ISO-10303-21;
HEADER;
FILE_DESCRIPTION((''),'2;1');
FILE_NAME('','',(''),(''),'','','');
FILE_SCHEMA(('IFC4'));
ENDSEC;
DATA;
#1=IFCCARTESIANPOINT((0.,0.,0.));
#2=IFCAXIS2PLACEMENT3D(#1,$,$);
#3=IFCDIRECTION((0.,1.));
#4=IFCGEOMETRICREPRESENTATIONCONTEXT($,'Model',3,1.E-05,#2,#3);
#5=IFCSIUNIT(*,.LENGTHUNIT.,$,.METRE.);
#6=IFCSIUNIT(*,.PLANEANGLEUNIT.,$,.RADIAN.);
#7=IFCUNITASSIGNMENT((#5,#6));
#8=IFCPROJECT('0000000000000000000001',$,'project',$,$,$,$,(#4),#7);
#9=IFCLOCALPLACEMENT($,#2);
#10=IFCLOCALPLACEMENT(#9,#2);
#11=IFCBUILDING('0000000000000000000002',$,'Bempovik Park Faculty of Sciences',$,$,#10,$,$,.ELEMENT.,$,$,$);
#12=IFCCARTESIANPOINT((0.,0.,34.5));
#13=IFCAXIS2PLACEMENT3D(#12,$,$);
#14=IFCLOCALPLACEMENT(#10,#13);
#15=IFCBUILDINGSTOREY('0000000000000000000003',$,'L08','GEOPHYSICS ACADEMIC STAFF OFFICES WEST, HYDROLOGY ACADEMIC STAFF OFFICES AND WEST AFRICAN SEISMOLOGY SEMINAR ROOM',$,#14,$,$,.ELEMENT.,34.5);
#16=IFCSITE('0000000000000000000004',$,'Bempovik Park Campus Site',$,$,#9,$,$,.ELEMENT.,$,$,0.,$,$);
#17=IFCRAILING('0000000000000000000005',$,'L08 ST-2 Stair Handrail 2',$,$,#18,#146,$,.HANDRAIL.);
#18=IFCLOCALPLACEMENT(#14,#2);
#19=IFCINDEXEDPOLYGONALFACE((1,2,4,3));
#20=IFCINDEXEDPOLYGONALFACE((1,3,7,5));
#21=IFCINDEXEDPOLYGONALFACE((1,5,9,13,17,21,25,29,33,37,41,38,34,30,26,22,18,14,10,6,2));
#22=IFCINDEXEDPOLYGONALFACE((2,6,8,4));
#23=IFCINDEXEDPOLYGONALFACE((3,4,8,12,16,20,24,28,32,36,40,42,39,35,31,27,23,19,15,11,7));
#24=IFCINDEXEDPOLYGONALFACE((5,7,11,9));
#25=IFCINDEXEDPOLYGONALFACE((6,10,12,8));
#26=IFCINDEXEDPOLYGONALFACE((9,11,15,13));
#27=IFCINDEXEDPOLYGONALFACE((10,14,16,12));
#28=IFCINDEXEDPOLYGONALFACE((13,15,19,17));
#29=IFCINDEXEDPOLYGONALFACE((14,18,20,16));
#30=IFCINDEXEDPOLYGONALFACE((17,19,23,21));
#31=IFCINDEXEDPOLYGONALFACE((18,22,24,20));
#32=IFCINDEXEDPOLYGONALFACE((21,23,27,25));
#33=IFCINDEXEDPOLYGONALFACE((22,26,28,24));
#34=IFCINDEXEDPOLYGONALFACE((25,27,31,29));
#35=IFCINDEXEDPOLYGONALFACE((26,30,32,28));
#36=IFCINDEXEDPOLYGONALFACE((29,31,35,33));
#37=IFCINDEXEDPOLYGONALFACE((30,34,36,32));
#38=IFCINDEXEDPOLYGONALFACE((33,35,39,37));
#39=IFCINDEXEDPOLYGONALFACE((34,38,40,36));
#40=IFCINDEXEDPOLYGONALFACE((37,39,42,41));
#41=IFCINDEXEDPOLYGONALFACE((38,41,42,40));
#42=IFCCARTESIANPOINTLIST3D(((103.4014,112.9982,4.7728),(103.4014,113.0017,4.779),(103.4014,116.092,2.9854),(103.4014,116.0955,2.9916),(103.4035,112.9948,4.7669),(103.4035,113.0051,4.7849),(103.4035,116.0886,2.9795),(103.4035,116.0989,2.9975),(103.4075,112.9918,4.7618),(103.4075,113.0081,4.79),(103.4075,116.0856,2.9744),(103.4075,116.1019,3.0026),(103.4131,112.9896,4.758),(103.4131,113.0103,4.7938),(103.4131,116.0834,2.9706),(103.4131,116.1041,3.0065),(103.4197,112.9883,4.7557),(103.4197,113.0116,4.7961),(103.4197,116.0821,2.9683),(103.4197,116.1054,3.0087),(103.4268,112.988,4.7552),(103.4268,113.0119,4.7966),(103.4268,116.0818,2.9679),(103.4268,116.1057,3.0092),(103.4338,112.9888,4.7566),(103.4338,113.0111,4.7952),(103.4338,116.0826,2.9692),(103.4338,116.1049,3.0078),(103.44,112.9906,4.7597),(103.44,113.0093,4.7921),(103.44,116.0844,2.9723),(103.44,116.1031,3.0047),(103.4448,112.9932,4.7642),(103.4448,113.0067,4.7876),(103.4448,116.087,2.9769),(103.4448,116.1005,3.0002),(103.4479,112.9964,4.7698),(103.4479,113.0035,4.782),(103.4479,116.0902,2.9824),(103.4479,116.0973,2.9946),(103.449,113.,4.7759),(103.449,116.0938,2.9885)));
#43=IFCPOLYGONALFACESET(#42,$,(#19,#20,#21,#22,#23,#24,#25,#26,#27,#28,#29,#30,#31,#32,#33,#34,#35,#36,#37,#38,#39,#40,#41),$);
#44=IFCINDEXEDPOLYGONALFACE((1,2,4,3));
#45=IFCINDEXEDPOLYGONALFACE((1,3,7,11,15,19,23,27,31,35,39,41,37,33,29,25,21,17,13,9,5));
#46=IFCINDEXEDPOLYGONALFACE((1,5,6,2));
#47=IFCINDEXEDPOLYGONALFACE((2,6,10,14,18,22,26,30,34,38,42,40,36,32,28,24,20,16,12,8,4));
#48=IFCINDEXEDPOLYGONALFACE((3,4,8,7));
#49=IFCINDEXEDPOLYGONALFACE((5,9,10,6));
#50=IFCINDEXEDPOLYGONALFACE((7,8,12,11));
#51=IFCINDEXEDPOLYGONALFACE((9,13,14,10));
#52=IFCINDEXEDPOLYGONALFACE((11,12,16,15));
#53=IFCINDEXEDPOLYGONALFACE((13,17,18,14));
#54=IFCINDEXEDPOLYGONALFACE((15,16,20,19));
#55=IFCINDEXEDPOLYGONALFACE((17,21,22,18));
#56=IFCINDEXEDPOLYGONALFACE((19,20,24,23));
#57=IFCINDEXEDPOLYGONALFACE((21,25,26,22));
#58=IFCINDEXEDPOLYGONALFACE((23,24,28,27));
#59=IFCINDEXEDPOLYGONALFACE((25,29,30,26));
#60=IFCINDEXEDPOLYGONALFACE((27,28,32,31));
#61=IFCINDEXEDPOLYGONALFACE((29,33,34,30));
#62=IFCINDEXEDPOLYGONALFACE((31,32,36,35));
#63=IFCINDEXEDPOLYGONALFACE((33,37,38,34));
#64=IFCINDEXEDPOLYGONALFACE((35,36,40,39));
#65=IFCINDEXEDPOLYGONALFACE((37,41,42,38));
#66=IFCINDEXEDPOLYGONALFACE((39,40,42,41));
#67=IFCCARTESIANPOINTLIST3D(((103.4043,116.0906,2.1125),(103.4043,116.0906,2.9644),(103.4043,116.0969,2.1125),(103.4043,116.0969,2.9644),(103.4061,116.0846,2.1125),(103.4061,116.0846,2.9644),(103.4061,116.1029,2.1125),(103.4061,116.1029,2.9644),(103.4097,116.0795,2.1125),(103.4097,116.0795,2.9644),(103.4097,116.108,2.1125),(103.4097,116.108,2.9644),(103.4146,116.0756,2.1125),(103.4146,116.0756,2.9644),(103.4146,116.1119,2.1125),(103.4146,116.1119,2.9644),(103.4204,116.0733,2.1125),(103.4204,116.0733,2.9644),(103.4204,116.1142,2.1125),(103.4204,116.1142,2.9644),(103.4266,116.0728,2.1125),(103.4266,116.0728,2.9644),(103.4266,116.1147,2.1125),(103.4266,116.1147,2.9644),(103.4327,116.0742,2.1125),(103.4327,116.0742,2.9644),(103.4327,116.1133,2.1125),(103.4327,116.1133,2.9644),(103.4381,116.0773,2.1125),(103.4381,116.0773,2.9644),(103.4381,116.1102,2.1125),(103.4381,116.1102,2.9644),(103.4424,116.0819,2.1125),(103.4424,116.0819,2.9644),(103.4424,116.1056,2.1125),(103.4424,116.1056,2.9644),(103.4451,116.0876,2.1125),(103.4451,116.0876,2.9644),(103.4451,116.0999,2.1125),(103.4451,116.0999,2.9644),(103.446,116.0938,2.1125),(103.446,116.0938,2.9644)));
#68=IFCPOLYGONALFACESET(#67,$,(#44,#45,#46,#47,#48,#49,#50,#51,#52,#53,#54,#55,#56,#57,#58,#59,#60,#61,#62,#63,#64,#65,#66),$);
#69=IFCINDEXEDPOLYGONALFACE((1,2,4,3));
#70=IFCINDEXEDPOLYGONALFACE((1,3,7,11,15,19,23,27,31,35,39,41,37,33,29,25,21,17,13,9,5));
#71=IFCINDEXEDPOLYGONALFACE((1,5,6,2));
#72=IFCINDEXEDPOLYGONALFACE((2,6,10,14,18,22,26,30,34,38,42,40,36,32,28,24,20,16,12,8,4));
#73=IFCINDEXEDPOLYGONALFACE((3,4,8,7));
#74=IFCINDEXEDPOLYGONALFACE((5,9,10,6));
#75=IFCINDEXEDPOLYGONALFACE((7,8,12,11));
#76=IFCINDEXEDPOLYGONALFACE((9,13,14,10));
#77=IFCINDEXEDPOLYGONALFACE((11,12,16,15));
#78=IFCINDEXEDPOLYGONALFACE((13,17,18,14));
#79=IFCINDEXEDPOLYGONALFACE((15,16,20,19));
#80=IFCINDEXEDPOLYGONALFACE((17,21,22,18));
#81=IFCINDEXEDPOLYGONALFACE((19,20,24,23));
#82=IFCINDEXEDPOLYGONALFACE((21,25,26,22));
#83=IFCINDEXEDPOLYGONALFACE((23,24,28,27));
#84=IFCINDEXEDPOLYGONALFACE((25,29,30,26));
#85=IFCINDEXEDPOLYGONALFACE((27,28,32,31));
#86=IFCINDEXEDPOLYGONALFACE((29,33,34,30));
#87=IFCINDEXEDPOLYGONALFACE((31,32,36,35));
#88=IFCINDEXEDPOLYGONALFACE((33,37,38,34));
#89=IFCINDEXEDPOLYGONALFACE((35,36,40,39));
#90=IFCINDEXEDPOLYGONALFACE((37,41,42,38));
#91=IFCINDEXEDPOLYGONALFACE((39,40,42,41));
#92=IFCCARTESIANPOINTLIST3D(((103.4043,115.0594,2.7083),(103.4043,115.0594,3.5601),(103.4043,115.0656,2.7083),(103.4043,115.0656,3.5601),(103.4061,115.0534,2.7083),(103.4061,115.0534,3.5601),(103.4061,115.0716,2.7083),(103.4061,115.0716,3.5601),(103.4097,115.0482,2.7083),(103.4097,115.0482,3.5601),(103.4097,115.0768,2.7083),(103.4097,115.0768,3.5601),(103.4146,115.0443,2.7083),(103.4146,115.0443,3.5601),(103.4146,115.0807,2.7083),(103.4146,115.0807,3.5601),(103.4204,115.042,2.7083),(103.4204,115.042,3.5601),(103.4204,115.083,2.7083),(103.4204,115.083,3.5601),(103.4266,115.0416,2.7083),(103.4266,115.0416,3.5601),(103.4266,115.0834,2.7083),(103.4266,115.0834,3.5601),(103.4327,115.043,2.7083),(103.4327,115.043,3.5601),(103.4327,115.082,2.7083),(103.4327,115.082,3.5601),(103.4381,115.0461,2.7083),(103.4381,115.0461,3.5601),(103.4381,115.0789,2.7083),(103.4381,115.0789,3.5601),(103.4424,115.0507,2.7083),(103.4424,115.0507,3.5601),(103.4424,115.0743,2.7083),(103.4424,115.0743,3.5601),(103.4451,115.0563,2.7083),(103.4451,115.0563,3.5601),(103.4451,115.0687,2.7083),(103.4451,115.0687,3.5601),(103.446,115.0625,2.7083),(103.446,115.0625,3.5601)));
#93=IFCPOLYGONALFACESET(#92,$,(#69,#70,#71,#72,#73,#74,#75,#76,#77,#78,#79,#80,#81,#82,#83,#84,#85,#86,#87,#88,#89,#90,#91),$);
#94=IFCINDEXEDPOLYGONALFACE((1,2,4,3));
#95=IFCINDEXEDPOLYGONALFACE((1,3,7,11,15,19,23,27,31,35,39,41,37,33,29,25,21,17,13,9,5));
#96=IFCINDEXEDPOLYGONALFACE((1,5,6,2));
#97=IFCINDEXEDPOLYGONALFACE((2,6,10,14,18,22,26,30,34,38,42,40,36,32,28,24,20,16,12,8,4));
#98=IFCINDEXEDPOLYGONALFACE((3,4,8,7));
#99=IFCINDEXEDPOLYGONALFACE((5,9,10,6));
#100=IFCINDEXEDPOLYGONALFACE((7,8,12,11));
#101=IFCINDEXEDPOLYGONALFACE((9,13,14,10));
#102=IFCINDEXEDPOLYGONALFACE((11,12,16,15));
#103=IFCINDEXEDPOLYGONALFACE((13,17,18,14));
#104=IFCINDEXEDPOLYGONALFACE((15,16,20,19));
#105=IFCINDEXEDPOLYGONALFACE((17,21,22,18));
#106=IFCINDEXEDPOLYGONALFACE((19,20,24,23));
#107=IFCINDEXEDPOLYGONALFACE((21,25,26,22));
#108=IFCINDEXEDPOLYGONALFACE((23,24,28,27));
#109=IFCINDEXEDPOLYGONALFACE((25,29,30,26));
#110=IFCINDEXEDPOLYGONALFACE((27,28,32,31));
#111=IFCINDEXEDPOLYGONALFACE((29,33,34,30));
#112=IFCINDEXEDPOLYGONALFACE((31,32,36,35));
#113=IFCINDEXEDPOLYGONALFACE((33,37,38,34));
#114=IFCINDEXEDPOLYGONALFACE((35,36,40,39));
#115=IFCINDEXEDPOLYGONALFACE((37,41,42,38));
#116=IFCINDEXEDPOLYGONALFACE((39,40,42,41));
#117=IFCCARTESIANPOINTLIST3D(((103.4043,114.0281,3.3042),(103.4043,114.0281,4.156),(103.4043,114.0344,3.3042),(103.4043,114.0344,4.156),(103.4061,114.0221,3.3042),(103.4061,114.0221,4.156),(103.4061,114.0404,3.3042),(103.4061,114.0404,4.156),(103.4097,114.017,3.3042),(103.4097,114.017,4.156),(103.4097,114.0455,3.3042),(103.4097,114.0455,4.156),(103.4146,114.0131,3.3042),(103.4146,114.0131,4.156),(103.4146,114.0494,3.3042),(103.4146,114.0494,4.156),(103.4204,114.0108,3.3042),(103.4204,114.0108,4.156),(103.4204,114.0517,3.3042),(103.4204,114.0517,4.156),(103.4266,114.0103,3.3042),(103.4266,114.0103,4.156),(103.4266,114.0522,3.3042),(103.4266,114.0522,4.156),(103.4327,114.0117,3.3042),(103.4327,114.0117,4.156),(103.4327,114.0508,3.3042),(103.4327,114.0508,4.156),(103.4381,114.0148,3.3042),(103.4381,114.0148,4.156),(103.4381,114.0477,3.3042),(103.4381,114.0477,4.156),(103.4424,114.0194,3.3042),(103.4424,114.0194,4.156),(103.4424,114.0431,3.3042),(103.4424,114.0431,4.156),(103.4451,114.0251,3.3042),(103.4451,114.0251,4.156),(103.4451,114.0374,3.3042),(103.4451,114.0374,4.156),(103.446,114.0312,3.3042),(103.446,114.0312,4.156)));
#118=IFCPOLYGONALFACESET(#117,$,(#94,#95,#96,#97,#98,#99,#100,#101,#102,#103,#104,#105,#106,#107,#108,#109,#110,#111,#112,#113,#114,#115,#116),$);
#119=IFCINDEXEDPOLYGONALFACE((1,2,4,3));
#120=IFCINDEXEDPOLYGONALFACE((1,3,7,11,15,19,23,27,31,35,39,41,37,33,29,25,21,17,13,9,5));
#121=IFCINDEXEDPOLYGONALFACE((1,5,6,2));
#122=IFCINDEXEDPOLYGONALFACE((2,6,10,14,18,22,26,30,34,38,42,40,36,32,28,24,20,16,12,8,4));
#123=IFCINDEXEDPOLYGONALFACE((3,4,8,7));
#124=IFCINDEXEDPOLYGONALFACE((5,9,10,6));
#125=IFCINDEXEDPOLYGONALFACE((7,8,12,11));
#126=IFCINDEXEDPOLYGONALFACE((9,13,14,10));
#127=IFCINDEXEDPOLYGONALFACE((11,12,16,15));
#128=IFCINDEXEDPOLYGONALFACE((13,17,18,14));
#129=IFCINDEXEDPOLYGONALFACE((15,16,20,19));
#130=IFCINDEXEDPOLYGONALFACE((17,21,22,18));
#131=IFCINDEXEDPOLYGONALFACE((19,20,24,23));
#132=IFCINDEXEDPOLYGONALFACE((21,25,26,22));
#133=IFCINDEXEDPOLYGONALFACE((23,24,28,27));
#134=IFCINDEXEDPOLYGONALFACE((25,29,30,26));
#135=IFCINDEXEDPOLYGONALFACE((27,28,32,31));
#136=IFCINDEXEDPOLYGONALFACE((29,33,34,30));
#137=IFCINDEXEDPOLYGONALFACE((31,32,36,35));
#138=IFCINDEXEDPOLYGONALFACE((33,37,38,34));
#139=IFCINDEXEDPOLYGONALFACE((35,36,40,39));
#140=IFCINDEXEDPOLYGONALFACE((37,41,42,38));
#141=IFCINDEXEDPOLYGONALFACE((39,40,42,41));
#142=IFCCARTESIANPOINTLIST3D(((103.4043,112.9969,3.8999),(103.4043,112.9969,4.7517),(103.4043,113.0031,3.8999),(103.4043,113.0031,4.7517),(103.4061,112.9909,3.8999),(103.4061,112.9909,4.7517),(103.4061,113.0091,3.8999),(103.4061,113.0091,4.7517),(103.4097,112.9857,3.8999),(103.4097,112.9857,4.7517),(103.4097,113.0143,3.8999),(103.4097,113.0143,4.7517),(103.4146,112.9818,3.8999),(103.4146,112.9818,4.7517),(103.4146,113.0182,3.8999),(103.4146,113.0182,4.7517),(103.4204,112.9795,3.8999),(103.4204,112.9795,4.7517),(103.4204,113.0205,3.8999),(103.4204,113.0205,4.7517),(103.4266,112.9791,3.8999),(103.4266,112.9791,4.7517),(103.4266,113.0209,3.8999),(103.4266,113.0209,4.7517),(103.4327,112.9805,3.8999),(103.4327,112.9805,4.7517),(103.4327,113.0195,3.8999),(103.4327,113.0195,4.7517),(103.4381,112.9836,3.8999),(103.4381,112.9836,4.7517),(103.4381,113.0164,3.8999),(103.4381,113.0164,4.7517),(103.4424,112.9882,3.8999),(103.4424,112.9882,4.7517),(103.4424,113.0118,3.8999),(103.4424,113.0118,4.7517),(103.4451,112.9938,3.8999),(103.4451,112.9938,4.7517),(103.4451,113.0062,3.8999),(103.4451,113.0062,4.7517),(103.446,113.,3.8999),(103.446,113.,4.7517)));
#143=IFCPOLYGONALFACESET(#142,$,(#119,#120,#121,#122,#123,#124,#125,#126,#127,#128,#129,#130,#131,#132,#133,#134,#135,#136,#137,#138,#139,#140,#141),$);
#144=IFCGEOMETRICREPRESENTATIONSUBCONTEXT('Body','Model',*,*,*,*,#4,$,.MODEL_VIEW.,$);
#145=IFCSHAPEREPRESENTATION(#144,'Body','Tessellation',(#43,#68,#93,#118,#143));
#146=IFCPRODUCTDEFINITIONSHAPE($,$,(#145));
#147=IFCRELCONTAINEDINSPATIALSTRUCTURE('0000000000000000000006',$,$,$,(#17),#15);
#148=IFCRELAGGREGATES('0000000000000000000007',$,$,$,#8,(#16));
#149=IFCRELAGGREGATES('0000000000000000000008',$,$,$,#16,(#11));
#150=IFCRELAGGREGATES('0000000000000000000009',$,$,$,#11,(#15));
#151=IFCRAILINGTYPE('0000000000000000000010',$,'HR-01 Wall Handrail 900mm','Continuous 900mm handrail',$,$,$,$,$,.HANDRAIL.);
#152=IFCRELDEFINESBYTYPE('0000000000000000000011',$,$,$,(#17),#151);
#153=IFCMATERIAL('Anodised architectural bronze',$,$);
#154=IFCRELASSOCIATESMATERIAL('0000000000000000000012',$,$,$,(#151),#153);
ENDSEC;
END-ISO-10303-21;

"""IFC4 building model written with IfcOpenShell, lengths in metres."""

from ifc_helpers import new_model, si_unit, direction, frame, origin, origin_2d, place, context, subcontext, project, spatial, circle, extrude, material, type_object, element, save


model = new_model("IFC4")

# Units and contexts
model_context = context("Model", 3, precision=1e-05, world=origin(), true_north=direction((0.0, 1.0)))
body_context = subcontext(model_context, "Body", "Model", "MODEL_VIEW")
ifc_project = project(units=[si_unit("LENGTHUNIT", "METRE"), si_unit("PLANEANGLEUNIT", "RADIAN")], contexts=[model_context])

# Site, building, storey
site_placement = place(None, origin())
site = spatial("IfcSite", under=ifc_project, at=site_placement, Name="Bempovik Park Campus Site", CompositionType="ELEMENT", RefElevation=0.0)
building_placement = place(site_placement, origin())
building = spatial("IfcBuilding", under=site, at=building_placement, Name="Bempovik Park Faculty of Sciences", CompositionType="ELEMENT")
storey_placement = place(building_placement, frame((0.0, 0.0, 34.5)))
storey = spatial("IfcBuildingStorey", under=building, at=storey_placement, Name="L08", Description="GEOPHYSICS ACADEMIC STAFF OFFICES WEST, HYDROLOGY ACADEMIC STAFF OFFICES AND WEST AFRICAN SEISMOLOGY SEMINAR ROOM", CompositionType="ELEMENT", Elevation=34.5)

# Railing
ifc_material_1 = material(Name="Anodised architectural bronze")
railing_type_1 = type_object("IfcRailingType", Name="HR-01 Wall Handrail 900mm", Description="Continuous 900mm handrail", PredefinedType="HANDRAIL", material=ifc_material_1)
railing_1_placement = place(storey_placement, frame((103.425, 116.0938, 2.1125)))
element("IfcRailing", 1, at=railing_1_placement, inside=storey, type_object=railing_type_1, Name="L08 ST-2 Stair Handrail 2", PredefinedType="HANDRAIL", context=body_context, shape_type="SweptSolid", body=[
    extrude(circle(Radius=0.0239, at=origin_2d()), frame((0.0, 0.0, 0.876), z_axis=(0.0, -0.865883, 0.500247), x_axis=(1.0, 0.0, 0.0)), (0.0, 0.0, 1.0), 3.573),
    extrude(circle(Radius=0.021, at=origin_2d()), origin(), (0.0, 0.0, 1.0), 0.8518),
    extrude(circle(Radius=0.021, at=origin_2d()), frame((0.0, -1.0312, 0.5957)), (0.0, 0.0, 1.0), 0.8518),
    extrude(circle(Radius=0.021, at=origin_2d()), frame((0.0, -2.0625, 1.1917)), (0.0, 0.0, 1.0), 0.8518),
    extrude(circle(Radius=0.021, at=origin_2d()), frame((0.0, -3.0938, 1.7874)), (0.0, 0.0, 1.0), 0.8518),
])

save(model, "model.ifc")
